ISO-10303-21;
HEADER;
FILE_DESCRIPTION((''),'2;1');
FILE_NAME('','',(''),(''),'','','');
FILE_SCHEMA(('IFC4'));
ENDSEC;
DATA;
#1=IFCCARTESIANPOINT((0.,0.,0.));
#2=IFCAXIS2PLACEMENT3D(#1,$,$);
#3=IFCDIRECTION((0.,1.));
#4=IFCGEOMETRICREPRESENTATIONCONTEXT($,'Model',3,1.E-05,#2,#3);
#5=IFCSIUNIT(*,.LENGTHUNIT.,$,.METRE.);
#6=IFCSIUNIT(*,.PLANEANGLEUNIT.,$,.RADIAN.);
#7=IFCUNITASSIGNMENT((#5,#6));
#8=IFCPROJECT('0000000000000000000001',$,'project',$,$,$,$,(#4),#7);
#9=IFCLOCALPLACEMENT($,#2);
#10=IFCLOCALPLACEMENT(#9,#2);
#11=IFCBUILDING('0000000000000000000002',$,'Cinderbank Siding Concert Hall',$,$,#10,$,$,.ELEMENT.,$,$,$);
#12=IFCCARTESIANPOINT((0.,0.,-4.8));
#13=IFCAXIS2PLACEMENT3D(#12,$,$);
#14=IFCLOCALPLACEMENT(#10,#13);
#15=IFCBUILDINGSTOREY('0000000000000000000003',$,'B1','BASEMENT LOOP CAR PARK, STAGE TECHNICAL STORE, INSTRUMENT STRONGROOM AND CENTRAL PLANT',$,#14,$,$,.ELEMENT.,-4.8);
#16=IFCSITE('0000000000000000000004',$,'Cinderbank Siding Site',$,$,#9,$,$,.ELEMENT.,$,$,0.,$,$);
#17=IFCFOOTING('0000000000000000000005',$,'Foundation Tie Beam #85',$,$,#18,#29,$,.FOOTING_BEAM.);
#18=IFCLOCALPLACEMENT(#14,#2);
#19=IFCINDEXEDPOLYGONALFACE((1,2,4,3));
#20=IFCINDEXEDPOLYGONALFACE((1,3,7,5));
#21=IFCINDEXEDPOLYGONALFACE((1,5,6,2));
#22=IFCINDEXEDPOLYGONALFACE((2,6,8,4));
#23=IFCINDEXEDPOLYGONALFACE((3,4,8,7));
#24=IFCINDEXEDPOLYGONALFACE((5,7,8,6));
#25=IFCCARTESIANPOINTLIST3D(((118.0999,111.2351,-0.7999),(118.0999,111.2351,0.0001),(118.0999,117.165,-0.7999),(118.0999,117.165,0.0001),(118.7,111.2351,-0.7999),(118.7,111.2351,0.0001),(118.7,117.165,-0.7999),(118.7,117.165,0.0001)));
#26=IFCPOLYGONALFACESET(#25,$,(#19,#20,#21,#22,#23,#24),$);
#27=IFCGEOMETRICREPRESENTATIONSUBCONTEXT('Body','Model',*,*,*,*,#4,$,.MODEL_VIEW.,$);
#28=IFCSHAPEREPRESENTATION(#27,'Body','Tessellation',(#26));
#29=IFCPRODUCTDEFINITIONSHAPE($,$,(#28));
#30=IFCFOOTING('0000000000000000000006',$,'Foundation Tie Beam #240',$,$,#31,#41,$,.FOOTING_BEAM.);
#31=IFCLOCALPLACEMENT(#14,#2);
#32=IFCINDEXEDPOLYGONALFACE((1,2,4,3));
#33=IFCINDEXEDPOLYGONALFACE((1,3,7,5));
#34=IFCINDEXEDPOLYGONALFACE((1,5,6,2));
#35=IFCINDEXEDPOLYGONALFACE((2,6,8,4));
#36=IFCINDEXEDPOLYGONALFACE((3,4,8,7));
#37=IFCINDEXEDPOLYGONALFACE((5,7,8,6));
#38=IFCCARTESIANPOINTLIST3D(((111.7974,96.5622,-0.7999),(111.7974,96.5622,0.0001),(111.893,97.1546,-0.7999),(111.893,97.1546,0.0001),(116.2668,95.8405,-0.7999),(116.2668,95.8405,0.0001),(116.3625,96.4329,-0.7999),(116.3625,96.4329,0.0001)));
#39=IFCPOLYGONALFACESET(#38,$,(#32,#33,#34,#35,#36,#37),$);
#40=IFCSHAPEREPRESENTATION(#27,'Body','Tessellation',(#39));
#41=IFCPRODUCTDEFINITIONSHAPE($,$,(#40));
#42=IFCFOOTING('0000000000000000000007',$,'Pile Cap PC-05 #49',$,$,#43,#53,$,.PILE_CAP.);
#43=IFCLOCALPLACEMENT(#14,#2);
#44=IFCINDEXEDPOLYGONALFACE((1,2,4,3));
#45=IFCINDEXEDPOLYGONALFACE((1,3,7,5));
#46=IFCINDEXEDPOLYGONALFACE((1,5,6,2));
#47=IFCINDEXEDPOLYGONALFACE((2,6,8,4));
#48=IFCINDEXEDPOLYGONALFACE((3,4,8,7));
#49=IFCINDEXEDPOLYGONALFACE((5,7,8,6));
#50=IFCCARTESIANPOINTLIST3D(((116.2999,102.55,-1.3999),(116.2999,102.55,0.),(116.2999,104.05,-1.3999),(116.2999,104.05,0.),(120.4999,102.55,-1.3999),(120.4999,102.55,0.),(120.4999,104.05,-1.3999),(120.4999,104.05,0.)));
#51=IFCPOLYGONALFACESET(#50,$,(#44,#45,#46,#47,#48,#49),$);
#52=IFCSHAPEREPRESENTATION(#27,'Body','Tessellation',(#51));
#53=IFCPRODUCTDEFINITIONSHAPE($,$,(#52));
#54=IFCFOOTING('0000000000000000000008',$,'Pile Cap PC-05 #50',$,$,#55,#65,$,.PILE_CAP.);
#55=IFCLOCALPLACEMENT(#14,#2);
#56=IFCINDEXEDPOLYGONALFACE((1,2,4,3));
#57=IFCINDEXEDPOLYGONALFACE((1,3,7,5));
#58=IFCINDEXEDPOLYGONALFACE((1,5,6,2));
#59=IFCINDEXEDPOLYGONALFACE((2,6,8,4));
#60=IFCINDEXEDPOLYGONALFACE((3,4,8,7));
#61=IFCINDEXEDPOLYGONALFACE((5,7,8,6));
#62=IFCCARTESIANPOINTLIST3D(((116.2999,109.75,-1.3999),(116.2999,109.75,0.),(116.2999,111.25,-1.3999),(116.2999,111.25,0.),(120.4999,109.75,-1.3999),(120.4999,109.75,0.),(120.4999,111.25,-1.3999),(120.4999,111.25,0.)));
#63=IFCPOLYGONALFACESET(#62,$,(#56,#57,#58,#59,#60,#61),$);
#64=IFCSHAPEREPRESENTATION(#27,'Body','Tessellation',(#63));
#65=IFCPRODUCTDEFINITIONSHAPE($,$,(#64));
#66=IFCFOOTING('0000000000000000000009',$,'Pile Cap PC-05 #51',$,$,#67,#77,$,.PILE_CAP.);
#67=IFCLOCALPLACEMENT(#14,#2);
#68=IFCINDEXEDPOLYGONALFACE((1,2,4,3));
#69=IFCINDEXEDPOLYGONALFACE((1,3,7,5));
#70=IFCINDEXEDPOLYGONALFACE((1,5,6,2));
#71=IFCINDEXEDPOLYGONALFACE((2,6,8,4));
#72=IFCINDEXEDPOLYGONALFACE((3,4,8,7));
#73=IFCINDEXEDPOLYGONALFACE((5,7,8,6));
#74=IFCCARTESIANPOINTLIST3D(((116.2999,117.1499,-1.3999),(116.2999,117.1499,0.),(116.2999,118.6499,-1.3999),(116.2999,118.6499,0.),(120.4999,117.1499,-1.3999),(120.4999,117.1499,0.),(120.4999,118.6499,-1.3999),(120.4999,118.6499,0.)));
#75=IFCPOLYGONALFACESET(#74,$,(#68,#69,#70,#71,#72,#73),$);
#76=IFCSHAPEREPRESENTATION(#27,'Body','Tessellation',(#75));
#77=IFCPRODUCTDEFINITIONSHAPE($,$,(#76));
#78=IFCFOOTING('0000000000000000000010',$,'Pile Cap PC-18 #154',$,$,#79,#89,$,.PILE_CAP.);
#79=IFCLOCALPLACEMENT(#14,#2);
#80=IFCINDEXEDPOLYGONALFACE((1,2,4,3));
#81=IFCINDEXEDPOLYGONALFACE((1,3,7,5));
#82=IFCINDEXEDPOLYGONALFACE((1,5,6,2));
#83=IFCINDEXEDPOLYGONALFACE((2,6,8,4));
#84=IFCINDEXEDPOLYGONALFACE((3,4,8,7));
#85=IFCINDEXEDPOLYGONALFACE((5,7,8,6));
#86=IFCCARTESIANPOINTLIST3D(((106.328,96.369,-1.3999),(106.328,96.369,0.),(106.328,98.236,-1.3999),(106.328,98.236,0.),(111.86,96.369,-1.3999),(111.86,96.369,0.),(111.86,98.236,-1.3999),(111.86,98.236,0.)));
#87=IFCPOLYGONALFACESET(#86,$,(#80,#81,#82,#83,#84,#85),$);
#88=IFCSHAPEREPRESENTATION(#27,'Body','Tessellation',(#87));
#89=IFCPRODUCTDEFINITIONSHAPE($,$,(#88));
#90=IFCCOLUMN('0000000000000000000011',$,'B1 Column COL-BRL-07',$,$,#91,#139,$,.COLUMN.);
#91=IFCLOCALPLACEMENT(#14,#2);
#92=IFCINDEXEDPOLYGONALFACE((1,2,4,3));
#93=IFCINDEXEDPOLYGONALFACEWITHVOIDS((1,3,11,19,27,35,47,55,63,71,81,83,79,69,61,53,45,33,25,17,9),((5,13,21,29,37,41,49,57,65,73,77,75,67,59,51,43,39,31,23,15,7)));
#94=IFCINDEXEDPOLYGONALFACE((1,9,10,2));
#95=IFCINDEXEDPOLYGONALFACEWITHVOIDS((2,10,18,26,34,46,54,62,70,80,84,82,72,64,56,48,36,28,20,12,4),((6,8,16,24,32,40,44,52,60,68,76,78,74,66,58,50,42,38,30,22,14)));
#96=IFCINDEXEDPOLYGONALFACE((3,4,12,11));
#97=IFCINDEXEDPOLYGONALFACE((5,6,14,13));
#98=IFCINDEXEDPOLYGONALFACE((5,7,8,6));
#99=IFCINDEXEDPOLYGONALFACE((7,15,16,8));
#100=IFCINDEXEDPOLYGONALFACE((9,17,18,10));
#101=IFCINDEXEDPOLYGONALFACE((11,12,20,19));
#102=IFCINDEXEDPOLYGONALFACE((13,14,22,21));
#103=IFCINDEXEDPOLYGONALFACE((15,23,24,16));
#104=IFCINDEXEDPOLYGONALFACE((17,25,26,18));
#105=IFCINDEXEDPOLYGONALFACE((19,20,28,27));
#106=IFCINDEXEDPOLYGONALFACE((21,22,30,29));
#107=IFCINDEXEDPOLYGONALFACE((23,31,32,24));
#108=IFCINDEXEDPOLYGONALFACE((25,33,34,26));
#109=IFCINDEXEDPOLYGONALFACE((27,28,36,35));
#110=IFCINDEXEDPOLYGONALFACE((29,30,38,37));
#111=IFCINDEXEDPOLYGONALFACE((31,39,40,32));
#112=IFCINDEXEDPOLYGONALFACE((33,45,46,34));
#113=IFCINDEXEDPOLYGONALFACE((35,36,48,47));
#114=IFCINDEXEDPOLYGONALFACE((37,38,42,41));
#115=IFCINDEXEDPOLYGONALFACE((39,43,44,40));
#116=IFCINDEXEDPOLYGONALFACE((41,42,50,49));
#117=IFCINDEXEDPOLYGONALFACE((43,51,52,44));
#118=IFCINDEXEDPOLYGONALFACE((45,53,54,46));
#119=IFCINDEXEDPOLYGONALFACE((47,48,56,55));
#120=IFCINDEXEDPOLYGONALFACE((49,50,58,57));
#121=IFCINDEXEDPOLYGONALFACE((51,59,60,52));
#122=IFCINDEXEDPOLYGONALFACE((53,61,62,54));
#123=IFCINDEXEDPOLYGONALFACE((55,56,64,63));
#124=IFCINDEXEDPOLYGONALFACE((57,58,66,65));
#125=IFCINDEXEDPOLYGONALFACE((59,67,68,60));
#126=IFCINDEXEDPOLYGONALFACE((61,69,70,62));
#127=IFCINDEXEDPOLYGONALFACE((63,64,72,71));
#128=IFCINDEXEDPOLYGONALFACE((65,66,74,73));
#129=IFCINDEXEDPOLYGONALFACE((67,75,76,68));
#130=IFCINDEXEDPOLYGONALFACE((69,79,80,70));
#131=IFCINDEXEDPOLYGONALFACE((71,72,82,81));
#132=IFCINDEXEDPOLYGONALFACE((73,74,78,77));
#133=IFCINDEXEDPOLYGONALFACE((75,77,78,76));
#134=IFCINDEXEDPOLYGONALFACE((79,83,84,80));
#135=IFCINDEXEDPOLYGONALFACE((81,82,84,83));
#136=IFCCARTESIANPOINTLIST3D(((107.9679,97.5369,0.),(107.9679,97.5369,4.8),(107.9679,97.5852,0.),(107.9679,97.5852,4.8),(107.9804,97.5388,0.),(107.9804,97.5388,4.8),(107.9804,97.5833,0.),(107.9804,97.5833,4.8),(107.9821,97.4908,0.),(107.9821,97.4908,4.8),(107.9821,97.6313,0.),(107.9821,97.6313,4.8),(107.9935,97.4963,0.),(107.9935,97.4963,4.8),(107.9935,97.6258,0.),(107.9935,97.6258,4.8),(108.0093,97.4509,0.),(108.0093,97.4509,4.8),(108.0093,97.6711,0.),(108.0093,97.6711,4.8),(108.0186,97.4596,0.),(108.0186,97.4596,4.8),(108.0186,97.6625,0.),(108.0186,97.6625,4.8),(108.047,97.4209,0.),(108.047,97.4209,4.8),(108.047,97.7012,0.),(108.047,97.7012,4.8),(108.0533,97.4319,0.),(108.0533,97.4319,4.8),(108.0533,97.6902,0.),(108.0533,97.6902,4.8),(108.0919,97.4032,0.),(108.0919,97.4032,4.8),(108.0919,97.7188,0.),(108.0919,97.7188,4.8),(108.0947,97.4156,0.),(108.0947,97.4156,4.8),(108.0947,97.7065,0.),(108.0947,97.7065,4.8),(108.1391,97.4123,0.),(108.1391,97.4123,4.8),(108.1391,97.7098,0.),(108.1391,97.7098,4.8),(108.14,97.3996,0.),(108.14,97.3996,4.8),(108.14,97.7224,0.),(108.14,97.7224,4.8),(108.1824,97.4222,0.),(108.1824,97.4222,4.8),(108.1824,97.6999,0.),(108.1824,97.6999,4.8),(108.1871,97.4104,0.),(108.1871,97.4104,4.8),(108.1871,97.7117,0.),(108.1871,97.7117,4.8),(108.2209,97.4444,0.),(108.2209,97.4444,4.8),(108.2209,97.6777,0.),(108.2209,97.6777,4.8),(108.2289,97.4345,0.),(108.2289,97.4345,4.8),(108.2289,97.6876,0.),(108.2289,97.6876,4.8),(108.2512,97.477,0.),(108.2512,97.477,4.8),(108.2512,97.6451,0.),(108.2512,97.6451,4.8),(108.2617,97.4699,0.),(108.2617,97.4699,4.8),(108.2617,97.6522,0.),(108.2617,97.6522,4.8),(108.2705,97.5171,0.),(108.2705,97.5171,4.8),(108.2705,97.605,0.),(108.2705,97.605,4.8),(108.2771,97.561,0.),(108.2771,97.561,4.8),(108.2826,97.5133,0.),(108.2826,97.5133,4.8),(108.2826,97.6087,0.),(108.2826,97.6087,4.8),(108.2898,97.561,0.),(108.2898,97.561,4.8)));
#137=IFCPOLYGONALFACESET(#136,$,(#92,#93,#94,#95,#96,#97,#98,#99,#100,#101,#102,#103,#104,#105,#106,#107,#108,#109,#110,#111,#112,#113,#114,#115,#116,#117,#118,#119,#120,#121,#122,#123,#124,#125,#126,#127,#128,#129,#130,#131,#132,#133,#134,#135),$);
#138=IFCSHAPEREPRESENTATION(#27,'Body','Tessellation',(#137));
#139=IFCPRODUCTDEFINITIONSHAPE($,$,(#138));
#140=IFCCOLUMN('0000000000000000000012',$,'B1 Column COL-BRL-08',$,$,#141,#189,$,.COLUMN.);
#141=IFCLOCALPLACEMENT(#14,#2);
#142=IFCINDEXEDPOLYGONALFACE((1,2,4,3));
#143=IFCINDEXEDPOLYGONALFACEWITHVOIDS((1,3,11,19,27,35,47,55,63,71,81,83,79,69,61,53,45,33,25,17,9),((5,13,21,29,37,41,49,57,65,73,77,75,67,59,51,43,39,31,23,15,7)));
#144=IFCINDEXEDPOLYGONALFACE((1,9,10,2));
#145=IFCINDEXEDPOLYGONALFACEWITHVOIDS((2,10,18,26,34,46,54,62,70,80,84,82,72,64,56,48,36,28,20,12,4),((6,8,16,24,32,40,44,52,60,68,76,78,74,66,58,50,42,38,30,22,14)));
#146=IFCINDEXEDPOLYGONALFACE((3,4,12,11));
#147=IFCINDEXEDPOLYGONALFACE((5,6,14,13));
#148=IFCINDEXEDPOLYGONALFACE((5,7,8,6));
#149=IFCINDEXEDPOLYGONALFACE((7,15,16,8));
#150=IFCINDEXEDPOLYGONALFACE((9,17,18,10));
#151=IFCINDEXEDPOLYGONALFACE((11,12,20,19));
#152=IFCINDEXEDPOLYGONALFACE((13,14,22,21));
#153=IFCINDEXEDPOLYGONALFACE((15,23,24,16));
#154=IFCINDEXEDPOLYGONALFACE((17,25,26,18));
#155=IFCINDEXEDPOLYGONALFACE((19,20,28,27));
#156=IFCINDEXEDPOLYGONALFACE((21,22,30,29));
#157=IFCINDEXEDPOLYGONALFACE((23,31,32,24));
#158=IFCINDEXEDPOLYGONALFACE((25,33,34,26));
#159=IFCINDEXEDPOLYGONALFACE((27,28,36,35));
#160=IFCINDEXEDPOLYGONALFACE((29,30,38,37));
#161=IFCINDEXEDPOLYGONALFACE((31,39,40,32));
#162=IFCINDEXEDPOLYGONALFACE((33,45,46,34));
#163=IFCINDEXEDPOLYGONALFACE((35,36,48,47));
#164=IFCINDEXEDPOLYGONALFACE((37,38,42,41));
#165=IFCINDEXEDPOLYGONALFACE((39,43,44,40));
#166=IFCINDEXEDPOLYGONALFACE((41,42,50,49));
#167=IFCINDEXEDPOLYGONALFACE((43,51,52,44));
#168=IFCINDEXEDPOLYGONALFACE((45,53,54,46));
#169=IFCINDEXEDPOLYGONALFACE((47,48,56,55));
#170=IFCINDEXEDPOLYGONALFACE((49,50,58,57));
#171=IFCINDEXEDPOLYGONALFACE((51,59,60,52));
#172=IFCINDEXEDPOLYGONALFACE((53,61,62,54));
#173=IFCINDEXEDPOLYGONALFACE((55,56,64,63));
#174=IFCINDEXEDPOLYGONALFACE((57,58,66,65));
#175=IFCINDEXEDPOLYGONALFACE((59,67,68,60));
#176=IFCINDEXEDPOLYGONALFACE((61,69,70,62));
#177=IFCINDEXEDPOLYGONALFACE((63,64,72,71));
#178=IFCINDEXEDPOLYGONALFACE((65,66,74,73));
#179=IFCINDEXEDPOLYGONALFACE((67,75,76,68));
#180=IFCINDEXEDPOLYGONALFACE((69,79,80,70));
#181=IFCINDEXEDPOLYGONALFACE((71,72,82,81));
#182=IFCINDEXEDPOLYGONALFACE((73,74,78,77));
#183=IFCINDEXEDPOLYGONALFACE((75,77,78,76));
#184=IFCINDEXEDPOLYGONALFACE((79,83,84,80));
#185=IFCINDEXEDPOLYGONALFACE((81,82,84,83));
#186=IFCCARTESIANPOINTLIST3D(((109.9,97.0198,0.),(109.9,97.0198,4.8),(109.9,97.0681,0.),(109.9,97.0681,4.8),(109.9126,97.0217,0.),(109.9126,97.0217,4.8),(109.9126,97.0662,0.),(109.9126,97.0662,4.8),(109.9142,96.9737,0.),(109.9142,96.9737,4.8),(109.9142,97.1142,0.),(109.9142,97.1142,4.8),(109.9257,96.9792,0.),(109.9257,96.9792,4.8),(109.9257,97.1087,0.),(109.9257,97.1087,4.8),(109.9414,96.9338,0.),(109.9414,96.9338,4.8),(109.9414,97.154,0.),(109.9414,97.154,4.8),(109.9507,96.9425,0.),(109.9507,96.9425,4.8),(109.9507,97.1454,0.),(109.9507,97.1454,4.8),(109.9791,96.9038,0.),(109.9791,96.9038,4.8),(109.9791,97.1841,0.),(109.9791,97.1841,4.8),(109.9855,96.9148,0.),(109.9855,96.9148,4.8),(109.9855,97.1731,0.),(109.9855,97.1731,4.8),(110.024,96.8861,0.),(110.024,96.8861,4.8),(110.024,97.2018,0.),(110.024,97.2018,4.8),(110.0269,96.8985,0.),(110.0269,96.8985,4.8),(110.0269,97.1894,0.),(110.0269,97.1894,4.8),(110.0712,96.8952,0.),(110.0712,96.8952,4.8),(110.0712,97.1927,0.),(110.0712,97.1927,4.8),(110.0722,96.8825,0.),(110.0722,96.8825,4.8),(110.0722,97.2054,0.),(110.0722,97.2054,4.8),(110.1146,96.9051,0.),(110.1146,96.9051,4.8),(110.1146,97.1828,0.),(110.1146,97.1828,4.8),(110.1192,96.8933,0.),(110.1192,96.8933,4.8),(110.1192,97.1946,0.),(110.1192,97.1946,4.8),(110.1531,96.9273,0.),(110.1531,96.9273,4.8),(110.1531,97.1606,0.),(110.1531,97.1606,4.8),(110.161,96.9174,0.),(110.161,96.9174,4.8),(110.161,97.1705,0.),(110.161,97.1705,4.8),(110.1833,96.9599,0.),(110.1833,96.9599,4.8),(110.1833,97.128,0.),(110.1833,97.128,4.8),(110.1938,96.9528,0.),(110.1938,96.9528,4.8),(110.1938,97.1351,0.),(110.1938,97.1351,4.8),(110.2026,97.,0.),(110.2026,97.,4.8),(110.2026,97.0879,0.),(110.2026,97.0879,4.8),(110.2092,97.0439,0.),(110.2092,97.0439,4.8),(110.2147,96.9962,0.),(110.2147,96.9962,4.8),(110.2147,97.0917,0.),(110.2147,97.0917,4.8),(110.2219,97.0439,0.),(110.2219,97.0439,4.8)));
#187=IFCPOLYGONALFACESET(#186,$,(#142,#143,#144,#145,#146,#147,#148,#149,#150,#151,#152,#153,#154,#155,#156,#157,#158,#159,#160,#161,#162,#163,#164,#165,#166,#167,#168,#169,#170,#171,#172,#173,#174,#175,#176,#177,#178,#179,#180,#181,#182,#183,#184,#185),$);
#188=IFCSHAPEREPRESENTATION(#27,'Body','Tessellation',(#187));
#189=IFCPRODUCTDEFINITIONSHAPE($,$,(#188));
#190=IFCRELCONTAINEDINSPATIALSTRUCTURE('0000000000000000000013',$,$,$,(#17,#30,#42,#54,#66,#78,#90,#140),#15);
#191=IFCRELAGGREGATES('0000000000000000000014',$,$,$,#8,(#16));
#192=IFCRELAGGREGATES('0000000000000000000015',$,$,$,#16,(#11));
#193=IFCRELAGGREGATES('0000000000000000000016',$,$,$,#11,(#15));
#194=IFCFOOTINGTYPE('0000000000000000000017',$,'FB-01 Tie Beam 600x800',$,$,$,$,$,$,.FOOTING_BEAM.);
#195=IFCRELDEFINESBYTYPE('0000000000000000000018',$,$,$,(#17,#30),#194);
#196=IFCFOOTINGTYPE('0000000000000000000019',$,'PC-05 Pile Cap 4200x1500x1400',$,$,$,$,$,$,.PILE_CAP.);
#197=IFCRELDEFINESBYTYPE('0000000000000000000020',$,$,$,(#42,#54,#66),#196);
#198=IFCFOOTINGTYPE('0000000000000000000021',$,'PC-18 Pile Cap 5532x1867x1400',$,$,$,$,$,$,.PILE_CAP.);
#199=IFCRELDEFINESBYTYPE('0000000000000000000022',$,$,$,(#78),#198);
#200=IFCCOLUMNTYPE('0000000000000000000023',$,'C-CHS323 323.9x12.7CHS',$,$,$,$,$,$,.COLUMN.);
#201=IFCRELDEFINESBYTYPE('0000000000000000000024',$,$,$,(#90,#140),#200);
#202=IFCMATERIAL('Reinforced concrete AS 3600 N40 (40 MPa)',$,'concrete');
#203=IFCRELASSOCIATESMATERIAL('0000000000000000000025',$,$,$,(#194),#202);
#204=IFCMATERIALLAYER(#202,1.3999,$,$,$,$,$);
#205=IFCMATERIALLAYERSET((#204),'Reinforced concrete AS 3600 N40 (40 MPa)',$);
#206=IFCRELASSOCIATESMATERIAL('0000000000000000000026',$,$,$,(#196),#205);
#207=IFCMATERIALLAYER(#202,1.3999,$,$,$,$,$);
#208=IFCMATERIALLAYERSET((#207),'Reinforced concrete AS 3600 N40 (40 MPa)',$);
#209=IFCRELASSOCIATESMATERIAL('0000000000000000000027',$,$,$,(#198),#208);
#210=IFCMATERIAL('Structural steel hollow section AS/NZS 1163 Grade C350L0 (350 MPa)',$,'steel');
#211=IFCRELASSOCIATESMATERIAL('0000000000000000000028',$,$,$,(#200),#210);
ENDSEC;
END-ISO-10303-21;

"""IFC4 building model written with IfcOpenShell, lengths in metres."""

from ifc_helpers import new_model, si_unit, direction, frame, origin, origin_2d, place, context, subcontext, project, spatial, rectangle, hollow_circle, extrude, material, layer, layer_set, material_profile, profile_set, type_object, element, save


model = new_model("IFC4")

# Units and contexts
model_context = context("Model", 3, precision=1e-05, world=origin(), true_north=direction((0.0, 1.0)))
body_context = subcontext(model_context, "Body", "Model", "MODEL_VIEW")
ifc_project = project(units=[si_unit("LENGTHUNIT", "METRE"), si_unit("PLANEANGLEUNIT", "RADIAN")], contexts=[model_context])

# Site, building, storey
site_placement = place(None, origin())
site = spatial("IfcSite", under=ifc_project, at=site_placement, Name="Cinderbank Siding Site", CompositionType="ELEMENT", RefElevation=0.0)
building_placement = place(site_placement, origin())
building = spatial("IfcBuilding", under=site, at=building_placement, Name="Cinderbank Siding Concert Hall", CompositionType="ELEMENT")
storey_placement = place(building_placement, frame((0.0, 0.0, -4.8)))
storey = spatial("IfcBuildingStorey", under=building, at=storey_placement, Name="B1", Description="BASEMENT LOOP CAR PARK, STAGE TECHNICAL STORE, INSTRUMENT STRONGROOM AND CENTRAL PLANT", CompositionType="ELEMENT", Elevation=-4.8)

# Shared definitions
ifc_material_1 = material(Name="Reinforced concrete AS 3600 N40 (40 MPa)", Category="concrete")

# Footings
ifc_material_profile_1 = material_profile(ifc_material_1, rectangle(XDim=0.6001, YDim=0.8, at=origin_2d()), Name="RC-FB-600x800", Category="LoadBearing")
ifc_profile_set_1 = profile_set([ifc_material_profile_1], Name="Reinforced concrete AS 3600 N40 (40 MPa)")
footing_type_1 = type_object("IfcFootingType", Name="FB-01 Tie Beam 600x800", PredefinedType="FOOTING_BEAM", material=ifc_profile_set_1)
footing_1_placement = place(storey_placement, frame((118.3999, 111.2351, -0.3999), z_axis=(0.0, 1.0, 0.0), x_axis=(-1.0, 0.0, 0.0)))
element("IfcFooting", 1, at=footing_1_placement, inside=storey, type_object=footing_type_1, Name="Foundation Tie Beam #85", PredefinedType="FOOTING_BEAM", context=body_context, shape_type="SweptSolid", body=[
    extrude(rectangle(XDim=0.6001, YDim=0.8, at=origin_2d()), origin(), (0.0, 0.0, 1.0), 5.9299),
])
footing_2_placement = place(storey_placement, frame((111.8452, 96.8584, -0.3999), z_axis=(0.987213, -0.159404, 0.0), x_axis=(0.159404, 0.987213, 0.0)))
element("IfcFooting", 2, at=footing_2_placement, inside=storey, type_object=footing_type_1, Name="Foundation Tie Beam #240", PredefinedType="FOOTING_BEAM", context=body_context, shape_type="SweptSolid", body=[
    extrude(rectangle(XDim=0.6001, YDim=0.8, at=origin_2d()), origin(), (0.0, 0.0, 1.0), 4.5273),
])
ifc_layer_1 = layer(ifc_material_1, 1.3999)
ifc_layer_set_1 = layer_set([ifc_layer_1], Name="Reinforced concrete AS 3600 N40 (40 MPa)")
footing_type_2 = type_object("IfcFootingType", Name="PC-05 Pile Cap 4200x1500x1400", PredefinedType="PILE_CAP", material=ifc_layer_set_1)
for number, where, z_axis, x_axis, name in (
    (3, (118.3999, 103.3, -1.3999), (0.0, 0.0, 1.0), (1.0, 0.0, 0.0), "Pile Cap PC-05 #49"),
    (4, (118.3999, 110.5, -1.3999), (0.0, 0.0, 1.0), (1.0, 0.0, 0.0), "Pile Cap PC-05 #50"),
    (5, (118.3999, 117.8999, -1.3999), (0.0, 0.0, 1.0), (1.0, 0.0, 0.0), "Pile Cap PC-05 #51"),
):
    element("IfcFooting", number, at=place(storey_placement, frame(where, z_axis=z_axis, x_axis=x_axis)), inside=storey, type_object=footing_type_2, Name=name, PredefinedType="PILE_CAP", context=body_context, shape_type="SweptSolid", body=[
        extrude(rectangle(XDim=4.2, YDim=1.5, at=origin_2d()), origin(), (0.0, 0.0, 1.0), 1.3999),
    ])
ifc_layer_2 = layer(ifc_material_1, 1.3999)
ifc_layer_set_2 = layer_set([ifc_layer_2], Name="Reinforced concrete AS 3600 N40 (40 MPa)")
footing_type_3 = type_object("IfcFootingType", Name="PC-18 Pile Cap 5532x1867x1400", PredefinedType="PILE_CAP", material=ifc_layer_set_2)
footing_3_placement = place(storey_placement, frame((109.094, 97.3025, -1.3999), z_axis=(0.0, 0.0, 1.0), x_axis=(1.0, 0.0, 0.0)))
element("IfcFooting", 6, at=footing_3_placement, inside=storey, type_object=footing_type_3, Name="Pile Cap PC-18 #154", PredefinedType="PILE_CAP", context=body_context, shape_type="SweptSolid", body=[
    extrude(rectangle(XDim=5.532, YDim=1.8669, at=origin_2d()), origin(), (0.0, 0.0, 1.0), 1.3999),
])

# Columns
ifc_material_2 = material(Name="Structural steel hollow section AS/NZS 1163 Grade C350L0 (350 MPa)", Category="steel")
ifc_material_profile_2 = material_profile(ifc_material_2, hollow_circle(Radius=0.1619, WallThickness=0.0127, at=origin_2d()), Name="323.9x12.7CHS", Category="LoadBearing")
ifc_profile_set_2 = profile_set([ifc_material_profile_2], Name="Structural steel hollow section AS/NZS 1163 Grade C350L0 (350 MPa)")
column_type_1 = type_object("IfcColumnType", Name="C-CHS323 323.9x12.7CHS", PredefinedType="COLUMN", material=ifc_profile_set_2)
for number, where, z_axis, x_axis, name in (
    (7, (108.1279, 97.561, 0.0), (0.0, 0.0, 1.0), (1.0, 0.0, 0.0), "B1 Column COL-BRL-07"),
    (8, (110.0601, 97.0439, 0.0), (0.0, 0.0, 1.0), (1.0, 0.0, 0.0), "B1 Column COL-BRL-08"),
):
    element("IfcColumn", number, at=place(storey_placement, frame(where, z_axis=z_axis, x_axis=x_axis)), inside=storey, type_object=column_type_1, Name=name, PredefinedType="COLUMN", context=body_context, shape_type="SweptSolid", body=[
        extrude(hollow_circle(Radius=0.1619, WallThickness=0.0127, at=origin_2d()), origin(), (0.0, 0.0, 1.0), 4.8),
    ])

save(model, "model.ifc")
